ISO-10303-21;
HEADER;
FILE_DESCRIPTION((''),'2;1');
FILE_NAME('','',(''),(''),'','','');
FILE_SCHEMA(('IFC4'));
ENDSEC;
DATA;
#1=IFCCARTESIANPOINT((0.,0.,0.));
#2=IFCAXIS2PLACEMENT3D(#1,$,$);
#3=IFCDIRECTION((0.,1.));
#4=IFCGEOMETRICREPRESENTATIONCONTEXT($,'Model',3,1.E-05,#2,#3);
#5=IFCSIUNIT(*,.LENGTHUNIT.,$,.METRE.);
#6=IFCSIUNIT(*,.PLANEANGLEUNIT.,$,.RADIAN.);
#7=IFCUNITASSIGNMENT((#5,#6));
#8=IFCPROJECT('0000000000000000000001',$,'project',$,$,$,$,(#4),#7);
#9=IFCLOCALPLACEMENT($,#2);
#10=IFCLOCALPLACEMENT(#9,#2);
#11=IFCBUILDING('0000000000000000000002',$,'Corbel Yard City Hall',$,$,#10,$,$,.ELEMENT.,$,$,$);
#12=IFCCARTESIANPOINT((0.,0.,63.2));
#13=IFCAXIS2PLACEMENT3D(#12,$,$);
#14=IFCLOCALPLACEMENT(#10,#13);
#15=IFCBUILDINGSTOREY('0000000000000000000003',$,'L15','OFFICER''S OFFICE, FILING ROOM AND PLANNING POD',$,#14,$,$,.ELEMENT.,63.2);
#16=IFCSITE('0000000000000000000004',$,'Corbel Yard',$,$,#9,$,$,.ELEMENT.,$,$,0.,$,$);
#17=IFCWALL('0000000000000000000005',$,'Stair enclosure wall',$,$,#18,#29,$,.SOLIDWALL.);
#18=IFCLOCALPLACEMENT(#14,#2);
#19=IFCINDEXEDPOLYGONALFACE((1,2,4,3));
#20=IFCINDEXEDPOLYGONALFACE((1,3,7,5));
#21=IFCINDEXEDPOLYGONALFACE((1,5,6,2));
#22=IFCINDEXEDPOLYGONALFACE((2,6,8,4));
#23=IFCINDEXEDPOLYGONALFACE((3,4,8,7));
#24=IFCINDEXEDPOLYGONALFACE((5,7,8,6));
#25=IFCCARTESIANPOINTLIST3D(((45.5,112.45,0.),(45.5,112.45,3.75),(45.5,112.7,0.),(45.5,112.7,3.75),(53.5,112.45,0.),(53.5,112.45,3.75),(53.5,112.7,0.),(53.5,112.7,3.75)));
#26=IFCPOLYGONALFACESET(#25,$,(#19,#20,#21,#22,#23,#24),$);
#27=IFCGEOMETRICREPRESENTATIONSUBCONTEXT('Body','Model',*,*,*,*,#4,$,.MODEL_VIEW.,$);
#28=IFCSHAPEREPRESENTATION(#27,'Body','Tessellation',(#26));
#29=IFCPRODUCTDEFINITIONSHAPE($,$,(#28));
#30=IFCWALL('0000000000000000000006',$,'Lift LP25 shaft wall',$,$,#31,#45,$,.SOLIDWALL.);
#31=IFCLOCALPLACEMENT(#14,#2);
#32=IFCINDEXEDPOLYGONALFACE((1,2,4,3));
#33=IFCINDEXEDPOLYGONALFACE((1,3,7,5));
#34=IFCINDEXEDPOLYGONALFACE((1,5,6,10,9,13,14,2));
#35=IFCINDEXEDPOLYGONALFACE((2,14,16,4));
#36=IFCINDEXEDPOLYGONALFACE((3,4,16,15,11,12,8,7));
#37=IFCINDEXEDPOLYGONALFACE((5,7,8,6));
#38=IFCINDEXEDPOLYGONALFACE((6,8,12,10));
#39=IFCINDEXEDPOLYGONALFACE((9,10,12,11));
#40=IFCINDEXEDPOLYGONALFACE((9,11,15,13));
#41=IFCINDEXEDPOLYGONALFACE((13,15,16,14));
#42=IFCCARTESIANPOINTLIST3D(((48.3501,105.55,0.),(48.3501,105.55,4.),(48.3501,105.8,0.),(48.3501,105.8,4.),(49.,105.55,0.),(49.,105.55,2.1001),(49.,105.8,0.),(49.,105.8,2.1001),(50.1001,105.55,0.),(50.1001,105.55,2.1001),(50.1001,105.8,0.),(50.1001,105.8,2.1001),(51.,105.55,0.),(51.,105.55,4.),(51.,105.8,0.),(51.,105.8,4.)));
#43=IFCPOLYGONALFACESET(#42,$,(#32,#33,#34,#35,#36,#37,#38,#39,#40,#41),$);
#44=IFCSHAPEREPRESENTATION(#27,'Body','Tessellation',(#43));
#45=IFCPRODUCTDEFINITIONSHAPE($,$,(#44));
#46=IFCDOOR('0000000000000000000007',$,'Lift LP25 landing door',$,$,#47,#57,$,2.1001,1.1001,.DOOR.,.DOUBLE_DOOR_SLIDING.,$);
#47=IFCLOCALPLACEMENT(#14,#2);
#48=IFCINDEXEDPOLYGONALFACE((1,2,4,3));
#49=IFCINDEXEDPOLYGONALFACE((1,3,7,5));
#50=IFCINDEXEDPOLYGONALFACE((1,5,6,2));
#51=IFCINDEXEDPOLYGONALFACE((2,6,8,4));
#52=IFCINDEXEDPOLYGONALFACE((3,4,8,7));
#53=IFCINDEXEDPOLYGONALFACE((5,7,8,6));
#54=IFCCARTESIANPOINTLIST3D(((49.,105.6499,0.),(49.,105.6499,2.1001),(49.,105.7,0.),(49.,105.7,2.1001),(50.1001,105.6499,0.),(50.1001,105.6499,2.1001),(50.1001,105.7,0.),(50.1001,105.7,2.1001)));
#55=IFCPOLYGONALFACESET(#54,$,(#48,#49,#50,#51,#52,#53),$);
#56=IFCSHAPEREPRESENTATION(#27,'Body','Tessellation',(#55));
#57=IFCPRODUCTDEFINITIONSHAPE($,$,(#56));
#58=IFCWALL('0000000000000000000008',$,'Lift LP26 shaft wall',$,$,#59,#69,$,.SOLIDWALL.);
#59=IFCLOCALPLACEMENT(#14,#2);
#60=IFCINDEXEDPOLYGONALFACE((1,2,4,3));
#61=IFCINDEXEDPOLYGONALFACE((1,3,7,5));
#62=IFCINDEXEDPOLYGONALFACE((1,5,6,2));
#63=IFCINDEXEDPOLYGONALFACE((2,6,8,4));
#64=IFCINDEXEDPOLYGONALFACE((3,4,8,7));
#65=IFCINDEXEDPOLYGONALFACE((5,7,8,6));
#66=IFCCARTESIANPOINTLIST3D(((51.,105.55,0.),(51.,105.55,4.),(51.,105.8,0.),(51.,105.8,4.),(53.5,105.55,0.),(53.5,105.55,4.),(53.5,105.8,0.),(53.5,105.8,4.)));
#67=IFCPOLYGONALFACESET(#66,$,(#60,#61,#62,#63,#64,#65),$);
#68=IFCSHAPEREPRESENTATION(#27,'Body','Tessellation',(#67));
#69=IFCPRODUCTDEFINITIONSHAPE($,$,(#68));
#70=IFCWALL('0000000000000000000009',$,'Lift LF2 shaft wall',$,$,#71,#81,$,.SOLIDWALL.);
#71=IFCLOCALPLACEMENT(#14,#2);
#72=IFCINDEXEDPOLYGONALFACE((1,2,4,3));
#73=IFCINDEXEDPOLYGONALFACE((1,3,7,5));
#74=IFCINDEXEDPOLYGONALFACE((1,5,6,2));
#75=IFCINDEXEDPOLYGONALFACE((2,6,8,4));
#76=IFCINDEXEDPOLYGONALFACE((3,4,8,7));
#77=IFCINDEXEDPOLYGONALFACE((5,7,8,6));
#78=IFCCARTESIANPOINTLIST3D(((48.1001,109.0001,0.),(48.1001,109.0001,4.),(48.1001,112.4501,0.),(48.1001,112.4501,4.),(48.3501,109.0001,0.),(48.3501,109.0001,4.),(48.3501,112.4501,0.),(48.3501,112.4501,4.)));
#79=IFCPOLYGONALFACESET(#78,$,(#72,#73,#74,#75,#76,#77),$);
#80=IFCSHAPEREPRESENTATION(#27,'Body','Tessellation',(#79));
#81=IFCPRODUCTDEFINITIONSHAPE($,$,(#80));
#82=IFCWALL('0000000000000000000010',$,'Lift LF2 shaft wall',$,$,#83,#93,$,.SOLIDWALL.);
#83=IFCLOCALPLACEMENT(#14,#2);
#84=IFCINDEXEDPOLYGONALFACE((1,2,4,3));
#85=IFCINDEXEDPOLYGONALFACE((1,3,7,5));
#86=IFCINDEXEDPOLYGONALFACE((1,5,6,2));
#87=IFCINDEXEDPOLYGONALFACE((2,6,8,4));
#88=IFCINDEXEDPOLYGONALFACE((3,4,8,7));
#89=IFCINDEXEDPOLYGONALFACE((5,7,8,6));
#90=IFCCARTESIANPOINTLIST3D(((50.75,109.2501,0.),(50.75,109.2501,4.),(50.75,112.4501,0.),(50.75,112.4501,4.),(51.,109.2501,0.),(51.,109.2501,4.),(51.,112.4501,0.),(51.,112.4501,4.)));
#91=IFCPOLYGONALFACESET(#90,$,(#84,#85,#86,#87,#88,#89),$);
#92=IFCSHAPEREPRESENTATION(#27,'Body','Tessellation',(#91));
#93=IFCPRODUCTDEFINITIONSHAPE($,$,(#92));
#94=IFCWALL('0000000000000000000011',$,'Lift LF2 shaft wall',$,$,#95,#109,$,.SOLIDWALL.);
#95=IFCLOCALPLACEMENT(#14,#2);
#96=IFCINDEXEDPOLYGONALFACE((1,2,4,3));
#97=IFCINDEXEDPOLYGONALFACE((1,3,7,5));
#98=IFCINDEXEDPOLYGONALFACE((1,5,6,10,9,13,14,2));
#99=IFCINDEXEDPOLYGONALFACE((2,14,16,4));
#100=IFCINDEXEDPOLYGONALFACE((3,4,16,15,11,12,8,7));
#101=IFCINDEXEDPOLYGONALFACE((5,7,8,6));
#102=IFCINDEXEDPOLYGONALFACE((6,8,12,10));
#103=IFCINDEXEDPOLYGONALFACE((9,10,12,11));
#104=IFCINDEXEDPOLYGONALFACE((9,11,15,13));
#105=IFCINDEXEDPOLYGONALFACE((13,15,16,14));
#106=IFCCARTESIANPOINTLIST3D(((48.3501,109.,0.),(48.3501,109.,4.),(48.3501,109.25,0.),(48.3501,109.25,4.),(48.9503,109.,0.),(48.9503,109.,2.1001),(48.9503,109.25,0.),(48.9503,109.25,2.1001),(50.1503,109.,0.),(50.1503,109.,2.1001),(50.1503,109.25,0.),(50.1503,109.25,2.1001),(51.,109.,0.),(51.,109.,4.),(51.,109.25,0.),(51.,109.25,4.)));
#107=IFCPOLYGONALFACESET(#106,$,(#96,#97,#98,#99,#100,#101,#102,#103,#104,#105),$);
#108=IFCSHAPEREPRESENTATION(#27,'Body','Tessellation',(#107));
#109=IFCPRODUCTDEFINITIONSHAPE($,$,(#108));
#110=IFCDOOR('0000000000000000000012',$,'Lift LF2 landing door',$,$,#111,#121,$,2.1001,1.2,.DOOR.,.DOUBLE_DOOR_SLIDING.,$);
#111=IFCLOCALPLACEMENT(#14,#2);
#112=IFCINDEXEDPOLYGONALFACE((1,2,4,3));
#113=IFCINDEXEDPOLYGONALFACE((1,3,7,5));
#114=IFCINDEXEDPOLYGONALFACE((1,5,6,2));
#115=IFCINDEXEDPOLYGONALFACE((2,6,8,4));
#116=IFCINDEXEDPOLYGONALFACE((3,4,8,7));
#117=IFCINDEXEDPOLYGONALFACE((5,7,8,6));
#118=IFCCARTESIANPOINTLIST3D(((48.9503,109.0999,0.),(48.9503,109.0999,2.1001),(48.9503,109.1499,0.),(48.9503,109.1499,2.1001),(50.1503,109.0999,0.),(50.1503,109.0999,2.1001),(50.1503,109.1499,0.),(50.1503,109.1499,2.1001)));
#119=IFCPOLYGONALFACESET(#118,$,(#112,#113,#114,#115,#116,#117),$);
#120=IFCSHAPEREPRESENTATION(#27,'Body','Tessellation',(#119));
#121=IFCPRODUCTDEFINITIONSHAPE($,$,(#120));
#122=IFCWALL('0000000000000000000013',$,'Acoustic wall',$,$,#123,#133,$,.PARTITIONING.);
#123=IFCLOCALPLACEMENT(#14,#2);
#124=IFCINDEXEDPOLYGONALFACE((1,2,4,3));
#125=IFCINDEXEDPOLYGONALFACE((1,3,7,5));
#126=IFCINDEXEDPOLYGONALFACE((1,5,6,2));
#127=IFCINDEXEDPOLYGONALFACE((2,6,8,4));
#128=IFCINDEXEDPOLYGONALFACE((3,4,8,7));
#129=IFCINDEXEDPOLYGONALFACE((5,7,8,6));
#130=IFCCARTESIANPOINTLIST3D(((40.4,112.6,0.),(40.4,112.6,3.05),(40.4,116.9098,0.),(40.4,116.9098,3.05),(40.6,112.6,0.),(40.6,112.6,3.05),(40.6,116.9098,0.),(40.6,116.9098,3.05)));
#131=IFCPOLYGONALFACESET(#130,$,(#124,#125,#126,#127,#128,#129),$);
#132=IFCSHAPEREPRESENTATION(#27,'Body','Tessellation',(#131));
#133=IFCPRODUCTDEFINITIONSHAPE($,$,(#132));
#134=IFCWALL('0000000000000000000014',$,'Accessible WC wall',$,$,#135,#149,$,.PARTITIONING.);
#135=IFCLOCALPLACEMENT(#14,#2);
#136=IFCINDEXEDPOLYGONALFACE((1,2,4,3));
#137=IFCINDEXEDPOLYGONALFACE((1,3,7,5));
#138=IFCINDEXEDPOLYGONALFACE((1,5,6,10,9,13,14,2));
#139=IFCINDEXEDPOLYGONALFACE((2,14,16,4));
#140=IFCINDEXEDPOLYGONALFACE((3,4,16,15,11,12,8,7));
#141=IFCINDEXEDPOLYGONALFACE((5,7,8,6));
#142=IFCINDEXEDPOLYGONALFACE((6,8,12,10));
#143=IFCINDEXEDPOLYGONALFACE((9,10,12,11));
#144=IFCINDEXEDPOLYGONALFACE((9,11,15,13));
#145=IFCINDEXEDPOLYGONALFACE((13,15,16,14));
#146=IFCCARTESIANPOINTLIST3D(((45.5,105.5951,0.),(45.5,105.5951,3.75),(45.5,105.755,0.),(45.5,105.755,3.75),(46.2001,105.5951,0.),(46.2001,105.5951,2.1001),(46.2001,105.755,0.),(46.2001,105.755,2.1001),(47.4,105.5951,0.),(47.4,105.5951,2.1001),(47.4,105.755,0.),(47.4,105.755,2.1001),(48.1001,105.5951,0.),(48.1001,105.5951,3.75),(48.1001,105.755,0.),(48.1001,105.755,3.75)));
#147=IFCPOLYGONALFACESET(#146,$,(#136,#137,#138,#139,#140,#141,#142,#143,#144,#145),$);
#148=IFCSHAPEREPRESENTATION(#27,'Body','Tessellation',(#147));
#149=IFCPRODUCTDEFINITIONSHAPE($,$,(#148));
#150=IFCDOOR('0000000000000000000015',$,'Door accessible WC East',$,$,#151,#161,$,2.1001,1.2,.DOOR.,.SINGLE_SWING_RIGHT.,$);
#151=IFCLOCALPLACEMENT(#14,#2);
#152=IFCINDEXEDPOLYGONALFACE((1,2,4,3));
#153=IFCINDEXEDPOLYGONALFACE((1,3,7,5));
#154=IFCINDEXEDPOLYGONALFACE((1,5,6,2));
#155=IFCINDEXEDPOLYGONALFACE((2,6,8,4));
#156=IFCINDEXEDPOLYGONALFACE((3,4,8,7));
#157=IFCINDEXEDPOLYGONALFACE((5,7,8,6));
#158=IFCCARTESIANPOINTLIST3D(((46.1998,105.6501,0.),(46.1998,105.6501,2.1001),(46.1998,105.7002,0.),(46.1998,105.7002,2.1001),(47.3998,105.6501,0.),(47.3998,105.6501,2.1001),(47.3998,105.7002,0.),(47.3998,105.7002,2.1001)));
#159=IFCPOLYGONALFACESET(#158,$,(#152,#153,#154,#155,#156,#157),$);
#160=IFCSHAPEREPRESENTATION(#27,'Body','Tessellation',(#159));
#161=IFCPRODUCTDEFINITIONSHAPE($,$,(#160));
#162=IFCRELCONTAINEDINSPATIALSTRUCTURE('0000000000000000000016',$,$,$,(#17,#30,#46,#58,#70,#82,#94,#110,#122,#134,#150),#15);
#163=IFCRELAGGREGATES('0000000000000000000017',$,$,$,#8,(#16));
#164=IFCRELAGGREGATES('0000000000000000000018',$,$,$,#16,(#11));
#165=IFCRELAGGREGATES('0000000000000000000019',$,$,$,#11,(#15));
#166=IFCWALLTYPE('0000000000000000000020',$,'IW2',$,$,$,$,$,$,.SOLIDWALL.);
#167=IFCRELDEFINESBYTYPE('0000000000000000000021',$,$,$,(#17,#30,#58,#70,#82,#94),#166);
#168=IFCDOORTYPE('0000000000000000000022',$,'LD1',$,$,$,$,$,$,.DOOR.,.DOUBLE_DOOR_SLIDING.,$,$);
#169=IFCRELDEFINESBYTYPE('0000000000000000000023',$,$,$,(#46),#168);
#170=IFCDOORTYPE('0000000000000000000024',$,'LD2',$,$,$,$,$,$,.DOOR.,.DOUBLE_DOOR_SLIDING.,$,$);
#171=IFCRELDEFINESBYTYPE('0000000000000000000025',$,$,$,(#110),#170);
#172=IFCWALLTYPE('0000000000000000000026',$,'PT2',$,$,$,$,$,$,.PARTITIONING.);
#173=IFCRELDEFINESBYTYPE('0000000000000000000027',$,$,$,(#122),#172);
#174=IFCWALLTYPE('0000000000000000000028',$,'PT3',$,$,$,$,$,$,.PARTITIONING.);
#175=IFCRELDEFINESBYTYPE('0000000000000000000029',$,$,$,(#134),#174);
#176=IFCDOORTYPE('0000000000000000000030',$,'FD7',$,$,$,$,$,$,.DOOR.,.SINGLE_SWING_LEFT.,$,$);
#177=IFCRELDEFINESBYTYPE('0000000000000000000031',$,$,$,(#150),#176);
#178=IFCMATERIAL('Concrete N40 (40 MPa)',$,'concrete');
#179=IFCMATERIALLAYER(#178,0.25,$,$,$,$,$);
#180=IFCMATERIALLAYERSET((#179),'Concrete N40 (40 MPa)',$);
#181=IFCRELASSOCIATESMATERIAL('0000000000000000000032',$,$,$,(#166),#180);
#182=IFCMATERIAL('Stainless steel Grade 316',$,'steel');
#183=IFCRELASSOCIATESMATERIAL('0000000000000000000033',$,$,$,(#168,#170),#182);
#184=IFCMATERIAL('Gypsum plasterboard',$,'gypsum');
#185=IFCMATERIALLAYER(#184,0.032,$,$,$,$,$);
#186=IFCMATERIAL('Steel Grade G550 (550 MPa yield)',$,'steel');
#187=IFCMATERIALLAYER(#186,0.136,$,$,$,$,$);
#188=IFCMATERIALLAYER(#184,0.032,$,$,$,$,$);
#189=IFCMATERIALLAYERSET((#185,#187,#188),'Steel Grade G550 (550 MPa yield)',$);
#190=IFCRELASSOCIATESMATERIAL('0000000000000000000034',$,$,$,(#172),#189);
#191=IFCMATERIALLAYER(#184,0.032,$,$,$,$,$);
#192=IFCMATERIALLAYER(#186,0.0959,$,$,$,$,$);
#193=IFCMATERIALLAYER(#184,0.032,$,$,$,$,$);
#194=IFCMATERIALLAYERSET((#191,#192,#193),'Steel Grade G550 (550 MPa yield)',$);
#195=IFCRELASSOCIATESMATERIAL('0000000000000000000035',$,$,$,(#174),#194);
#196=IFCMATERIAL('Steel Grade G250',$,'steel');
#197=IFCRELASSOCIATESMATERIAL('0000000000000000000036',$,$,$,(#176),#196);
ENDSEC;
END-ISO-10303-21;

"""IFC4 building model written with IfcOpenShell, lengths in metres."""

from ifc_helpers import new_model, si_unit, direction, frame, frame_2d, origin, place, context, subcontext, project, spatial, rectangle, extrude, material, layer, layer_set, type_object, element, fill, save


model = new_model("IFC4")

# Units and contexts
model_context = context("Model", 3, precision=1e-05, world=origin(), true_north=direction((0.0, 1.0)))
body_context = subcontext(model_context, "Body", "Model", "MODEL_VIEW")
ifc_project = project(units=[si_unit("LENGTHUNIT", "METRE"), si_unit("PLANEANGLEUNIT", "RADIAN")], contexts=[model_context])

# Site, building, storey
site_placement = place(None, origin())
site = spatial("IfcSite", under=ifc_project, at=site_placement, Name="Corbel Yard", CompositionType="ELEMENT", RefElevation=0.0)
building_placement = place(site_placement, origin())
building = spatial("IfcBuilding", under=site, at=building_placement, Name="Corbel Yard City Hall", CompositionType="ELEMENT")
storey_placement = place(building_placement, frame((0.0, 0.0, 63.2)))
storey = spatial("IfcBuildingStorey", under=building, at=storey_placement, Name="L15", Description="OFFICER'S OFFICE, FILING ROOM AND PLANNING POD", CompositionType="ELEMENT", Elevation=63.2)

# Wall
ifc_material_1 = material(Name="Concrete N40 (40 MPa)", Category="concrete")
ifc_layer_1 = layer(ifc_material_1, 0.25)
ifc_layer_set_1 = layer_set([ifc_layer_1], Name="Concrete N40 (40 MPa)")
wall_type_1 = type_object("IfcWallType", Name="IW2", PredefinedType="SOLIDWALL", material=ifc_layer_set_1)
wall_1_placement = place(storey_placement, frame((45.5, 112.575, 0.0), z_axis=(0.0, 0.0, 1.0), x_axis=(1.0, 0.0, 0.0)))
element("IfcWall", 1, at=wall_1_placement, inside=storey, type_object=wall_type_1, Name="Stair enclosure wall", PredefinedType="SOLIDWALL", context=body_context, shape_type="SweptSolid", body=[
    extrude(rectangle(XDim=8.0, YDim=0.25, at=frame_2d((4.0, 0.0))), origin(), (0.0, 0.0, 1.0), 3.75),
])

# Wall, opening, door
wall_2_placement = place(storey_placement, frame((48.3501, 105.675, 0.0), z_axis=(0.0, 0.0, 1.0), x_axis=(1.0, 0.0, 0.0)))
wall_2 = element("IfcWall", 2, at=wall_2_placement, inside=storey, type_object=wall_type_1, Name="Lift LP25 shaft wall", PredefinedType="SOLIDWALL", context=body_context, shape_type="SweptSolid", body=[
    extrude(rectangle(XDim=2.6499, YDim=0.25, at=frame_2d((1.325, 0.0))), origin(), (0.0, 0.0, 1.0), 4.0),
])
opening_1_placement = place(wall_2_placement, frame((0.6499, 0.0, 0.0)))
opening_1 = element("IfcOpeningElement", 3, at=opening_1_placement, cuts=wall_2, PredefinedType="OPENING", context=body_context, shape_type="SweptSolid", body=[
    extrude(rectangle(XDim=1.1001, YDim=2.1001, at=frame_2d((0.55, 1.05))), frame((0.0, 0.135, 0.0), z_axis=(0.0, -1.0, 0.0), x_axis=(1.0, 0.0, 0.0)), (0.0, 0.0, 1.0), 0.27),
])
ifc_material_2 = material(Name="Stainless steel Grade 316", Category="steel")
door_type_1 = type_object("IfcDoorType", Name="LD1", OperationType="DOUBLE_DOOR_SLIDING", PredefinedType="DOOR", material=ifc_material_2)
door_1_placement = place(opening_1_placement, origin())
door_1 = element("IfcDoor", 4, at=door_1_placement, inside=storey, type_object=door_type_1, Name="Lift LP25 landing door", OperationType="DOUBLE_DOOR_SLIDING", OverallHeight=2.1001, OverallWidth=1.1001, PredefinedType="DOOR", context=body_context, shape_type="SweptSolid", body=[
    extrude(rectangle(XDim=1.1001, YDim=2.1001, at=frame_2d((0.55, 1.05))), frame((0.0, 0.0249, 0.0), z_axis=(0.0, -1.0, 0.0), x_axis=(1.0, 0.0, 0.0)), (0.0, 0.0, 1.0), 0.05),
])
fill(opening_1, door_1)

# Walls
wall_3_placement = place(storey_placement, frame((51.0, 105.675, 0.0), z_axis=(0.0, 0.0, 1.0), x_axis=(1.0, 0.0, 0.0)))
element("IfcWall", 5, at=wall_3_placement, inside=storey, type_object=wall_type_1, Name="Lift LP26 shaft wall", PredefinedType="SOLIDWALL", context=body_context, shape_type="SweptSolid", body=[
    extrude(rectangle(XDim=2.5, YDim=0.25, at=frame_2d((1.25, 0.0))), origin(), (0.0, 0.0, 1.0), 4.0),
])
wall_4_placement = place(storey_placement, frame((48.2251, 109.0, 0.0), z_axis=(0.0, 0.0, 1.0), x_axis=(0.0, 1.0, 0.0)))
element("IfcWall", 6, at=wall_4_placement, inside=storey, type_object=wall_type_1, Name="Lift LF2 shaft wall", PredefinedType="SOLIDWALL", context=body_context, shape_type="SweptSolid", body=[
    extrude(rectangle(XDim=3.45, YDim=0.25, at=frame_2d((1.7251, 0.0))), origin(), (0.0, 0.0, 1.0), 4.0),
])
wall_5_placement = place(storey_placement, frame((50.875, 109.25, 0.0), z_axis=(0.0, 0.0, 1.0), x_axis=(0.0, 1.0, 0.0)))
element("IfcWall", 7, at=wall_5_placement, inside=storey, type_object=wall_type_1, Name="Lift LF2 shaft wall", PredefinedType="SOLIDWALL", context=body_context, shape_type="SweptSolid", body=[
    extrude(rectangle(XDim=3.2, YDim=0.25, at=frame_2d((1.6001, 0.0))), origin(), (0.0, 0.0, 1.0), 4.0),
])

# Wall, opening, door
wall_6_placement = place(storey_placement, frame((48.3501, 109.125, 0.0), z_axis=(0.0, 0.0, 1.0), x_axis=(1.0, 0.0, 0.0)))
wall_6 = element("IfcWall", 8, at=wall_6_placement, inside=storey, type_object=wall_type_1, Name="Lift LF2 shaft wall", PredefinedType="SOLIDWALL", context=body_context, shape_type="SweptSolid", body=[
    extrude(rectangle(XDim=2.6499, YDim=0.25, at=frame_2d((1.325, 0.0))), origin(), (0.0, 0.0, 1.0), 4.0),
])
opening_2_placement = place(wall_6_placement, frame((0.6001, 0.0, 0.0)))
opening_2 = element("IfcOpeningElement", 9, at=opening_2_placement, cuts=wall_6, PredefinedType="OPENING", context=body_context, shape_type="SweptSolid", body=[
    extrude(rectangle(XDim=1.2, YDim=2.1001, at=frame_2d((0.6001, 1.05))), frame((0.0, 0.135, 0.0), z_axis=(0.0, -1.0, 0.0), x_axis=(1.0, 0.0, 0.0)), (0.0, 0.0, 1.0), 0.27),
])
door_type_2 = type_object("IfcDoorType", Name="LD2", OperationType="DOUBLE_DOOR_SLIDING", PredefinedType="DOOR", material=ifc_material_2)
door_2_placement = place(opening_2_placement, origin())
door_2 = element("IfcDoor", 10, at=door_2_placement, inside=storey, type_object=door_type_2, Name="Lift LF2 landing door", OperationType="DOUBLE_DOOR_SLIDING", OverallHeight=2.1001, OverallWidth=1.2, PredefinedType="DOOR", context=body_context, shape_type="SweptSolid", body=[
    extrude(rectangle(XDim=1.2, YDim=2.1001, at=frame_2d((0.6001, 1.05))), frame((0.0, 0.0249, 0.0), z_axis=(0.0, -1.0, 0.0), x_axis=(1.0, 0.0, 0.0)), (0.0, 0.0, 1.0), 0.05),
])
fill(opening_2, door_2)

# Wall
ifc_material_3 = material(Name="Gypsum plasterboard", Category="gypsum")
ifc_layer_2 = layer(ifc_material_3, 0.032)
ifc_material_4 = material(Name="Steel Grade G550 (550 MPa yield)", Category="steel")
ifc_layer_3 = layer(ifc_material_4, 0.136)
ifc_layer_4 = layer(ifc_material_3, 0.032)
ifc_layer_set_2 = layer_set([ifc_layer_2, ifc_layer_3, ifc_layer_4], Name="Steel Grade G550 (550 MPa yield)")
wall_type_2 = type_object("IfcWallType", Name="PT2", PredefinedType="PARTITIONING", material=ifc_layer_set_2)
wall_7_placement = place(storey_placement, frame((40.5, 112.6001, 0.0), z_axis=(0.0, 0.0, 1.0), x_axis=(0.0, 1.0, 0.0)))
element("IfcWall", 11, at=wall_7_placement, inside=storey, type_object=wall_type_2, Name="Acoustic wall", PredefinedType="PARTITIONING", context=body_context, shape_type="SweptSolid", body=[
    extrude(rectangle(XDim=4.3098, YDim=0.2, at=frame_2d((2.1548, 0.0))), origin(), (0.0, 0.0, 1.0), 3.05),
])

# Wall, opening, door
ifc_layer_5 = layer(ifc_material_3, 0.032)
ifc_layer_6 = layer(ifc_material_4, 0.0959)
ifc_layer_7 = layer(ifc_material_3, 0.032)
ifc_layer_set_3 = layer_set([ifc_layer_5, ifc_layer_6, ifc_layer_7], Name="Steel Grade G550 (550 MPa yield)")
wall_type_3 = type_object("IfcWallType", Name="PT3", PredefinedType="PARTITIONING", material=ifc_layer_set_3)
wall_8_placement = place(storey_placement, frame((45.5, 105.675, 0.0), z_axis=(0.0, 0.0, 1.0), x_axis=(1.0, 0.0, 0.0)))
wall_8 = element("IfcWall", 12, at=wall_8_placement, inside=storey, type_object=wall_type_3, Name="Accessible WC wall", PredefinedType="PARTITIONING", context=body_context, shape_type="SweptSolid", body=[
    extrude(rectangle(XDim=2.6001, YDim=0.1599, at=frame_2d((1.3, 0.0))), origin(), (0.0, 0.0, 1.0), 3.75),
])
opening_3_placement = place(wall_8_placement, frame((0.7, 0.0, 0.0)))
opening_3 = element("IfcOpeningElement", 13, at=opening_3_placement, cuts=wall_8, PredefinedType="OPENING", context=body_context, shape_type="SweptSolid", body=[
    extrude(rectangle(XDim=1.2, YDim=2.1001, at=frame_2d((0.6001, 1.05))), frame((0.0, 0.0898, 0.0), z_axis=(0.0, -1.0, 0.0), x_axis=(1.0, 0.0, 0.0)), (0.0, 0.0, 1.0), 0.1799),
])
ifc_material_5 = material(Name="Steel Grade G250", Category="steel")
door_type_3 = type_object("IfcDoorType", Name="FD7", OperationType="SINGLE_SWING_LEFT", PredefinedType="DOOR", material=ifc_material_5)
door_3_placement = place(opening_3_placement, frame((1.2, 0.0, 0.0), z_axis=(0.0, 0.0, 1.0), x_axis=(-1.0, 0.0, 0.0)))
door_3 = element("IfcDoor", 14, at=door_3_placement, inside=storey, type_object=door_type_3, Name="Door accessible WC East", OperationType="SINGLE_SWING_RIGHT", OverallHeight=2.1001, OverallWidth=1.2, PredefinedType="DOOR", context=body_context, shape_type="SweptSolid", body=[
    extrude(rectangle(XDim=1.2, YDim=2.1001, at=frame_2d((0.6001, 1.05))), frame((0.0, 0.0249, 0.0), z_axis=(0.0, -1.0, 0.0), x_axis=(1.0, 0.0, 0.0)), (0.0, 0.0, 1.0), 0.05),
])
fill(opening_3, door_3)

save(model, "model.ifc")
